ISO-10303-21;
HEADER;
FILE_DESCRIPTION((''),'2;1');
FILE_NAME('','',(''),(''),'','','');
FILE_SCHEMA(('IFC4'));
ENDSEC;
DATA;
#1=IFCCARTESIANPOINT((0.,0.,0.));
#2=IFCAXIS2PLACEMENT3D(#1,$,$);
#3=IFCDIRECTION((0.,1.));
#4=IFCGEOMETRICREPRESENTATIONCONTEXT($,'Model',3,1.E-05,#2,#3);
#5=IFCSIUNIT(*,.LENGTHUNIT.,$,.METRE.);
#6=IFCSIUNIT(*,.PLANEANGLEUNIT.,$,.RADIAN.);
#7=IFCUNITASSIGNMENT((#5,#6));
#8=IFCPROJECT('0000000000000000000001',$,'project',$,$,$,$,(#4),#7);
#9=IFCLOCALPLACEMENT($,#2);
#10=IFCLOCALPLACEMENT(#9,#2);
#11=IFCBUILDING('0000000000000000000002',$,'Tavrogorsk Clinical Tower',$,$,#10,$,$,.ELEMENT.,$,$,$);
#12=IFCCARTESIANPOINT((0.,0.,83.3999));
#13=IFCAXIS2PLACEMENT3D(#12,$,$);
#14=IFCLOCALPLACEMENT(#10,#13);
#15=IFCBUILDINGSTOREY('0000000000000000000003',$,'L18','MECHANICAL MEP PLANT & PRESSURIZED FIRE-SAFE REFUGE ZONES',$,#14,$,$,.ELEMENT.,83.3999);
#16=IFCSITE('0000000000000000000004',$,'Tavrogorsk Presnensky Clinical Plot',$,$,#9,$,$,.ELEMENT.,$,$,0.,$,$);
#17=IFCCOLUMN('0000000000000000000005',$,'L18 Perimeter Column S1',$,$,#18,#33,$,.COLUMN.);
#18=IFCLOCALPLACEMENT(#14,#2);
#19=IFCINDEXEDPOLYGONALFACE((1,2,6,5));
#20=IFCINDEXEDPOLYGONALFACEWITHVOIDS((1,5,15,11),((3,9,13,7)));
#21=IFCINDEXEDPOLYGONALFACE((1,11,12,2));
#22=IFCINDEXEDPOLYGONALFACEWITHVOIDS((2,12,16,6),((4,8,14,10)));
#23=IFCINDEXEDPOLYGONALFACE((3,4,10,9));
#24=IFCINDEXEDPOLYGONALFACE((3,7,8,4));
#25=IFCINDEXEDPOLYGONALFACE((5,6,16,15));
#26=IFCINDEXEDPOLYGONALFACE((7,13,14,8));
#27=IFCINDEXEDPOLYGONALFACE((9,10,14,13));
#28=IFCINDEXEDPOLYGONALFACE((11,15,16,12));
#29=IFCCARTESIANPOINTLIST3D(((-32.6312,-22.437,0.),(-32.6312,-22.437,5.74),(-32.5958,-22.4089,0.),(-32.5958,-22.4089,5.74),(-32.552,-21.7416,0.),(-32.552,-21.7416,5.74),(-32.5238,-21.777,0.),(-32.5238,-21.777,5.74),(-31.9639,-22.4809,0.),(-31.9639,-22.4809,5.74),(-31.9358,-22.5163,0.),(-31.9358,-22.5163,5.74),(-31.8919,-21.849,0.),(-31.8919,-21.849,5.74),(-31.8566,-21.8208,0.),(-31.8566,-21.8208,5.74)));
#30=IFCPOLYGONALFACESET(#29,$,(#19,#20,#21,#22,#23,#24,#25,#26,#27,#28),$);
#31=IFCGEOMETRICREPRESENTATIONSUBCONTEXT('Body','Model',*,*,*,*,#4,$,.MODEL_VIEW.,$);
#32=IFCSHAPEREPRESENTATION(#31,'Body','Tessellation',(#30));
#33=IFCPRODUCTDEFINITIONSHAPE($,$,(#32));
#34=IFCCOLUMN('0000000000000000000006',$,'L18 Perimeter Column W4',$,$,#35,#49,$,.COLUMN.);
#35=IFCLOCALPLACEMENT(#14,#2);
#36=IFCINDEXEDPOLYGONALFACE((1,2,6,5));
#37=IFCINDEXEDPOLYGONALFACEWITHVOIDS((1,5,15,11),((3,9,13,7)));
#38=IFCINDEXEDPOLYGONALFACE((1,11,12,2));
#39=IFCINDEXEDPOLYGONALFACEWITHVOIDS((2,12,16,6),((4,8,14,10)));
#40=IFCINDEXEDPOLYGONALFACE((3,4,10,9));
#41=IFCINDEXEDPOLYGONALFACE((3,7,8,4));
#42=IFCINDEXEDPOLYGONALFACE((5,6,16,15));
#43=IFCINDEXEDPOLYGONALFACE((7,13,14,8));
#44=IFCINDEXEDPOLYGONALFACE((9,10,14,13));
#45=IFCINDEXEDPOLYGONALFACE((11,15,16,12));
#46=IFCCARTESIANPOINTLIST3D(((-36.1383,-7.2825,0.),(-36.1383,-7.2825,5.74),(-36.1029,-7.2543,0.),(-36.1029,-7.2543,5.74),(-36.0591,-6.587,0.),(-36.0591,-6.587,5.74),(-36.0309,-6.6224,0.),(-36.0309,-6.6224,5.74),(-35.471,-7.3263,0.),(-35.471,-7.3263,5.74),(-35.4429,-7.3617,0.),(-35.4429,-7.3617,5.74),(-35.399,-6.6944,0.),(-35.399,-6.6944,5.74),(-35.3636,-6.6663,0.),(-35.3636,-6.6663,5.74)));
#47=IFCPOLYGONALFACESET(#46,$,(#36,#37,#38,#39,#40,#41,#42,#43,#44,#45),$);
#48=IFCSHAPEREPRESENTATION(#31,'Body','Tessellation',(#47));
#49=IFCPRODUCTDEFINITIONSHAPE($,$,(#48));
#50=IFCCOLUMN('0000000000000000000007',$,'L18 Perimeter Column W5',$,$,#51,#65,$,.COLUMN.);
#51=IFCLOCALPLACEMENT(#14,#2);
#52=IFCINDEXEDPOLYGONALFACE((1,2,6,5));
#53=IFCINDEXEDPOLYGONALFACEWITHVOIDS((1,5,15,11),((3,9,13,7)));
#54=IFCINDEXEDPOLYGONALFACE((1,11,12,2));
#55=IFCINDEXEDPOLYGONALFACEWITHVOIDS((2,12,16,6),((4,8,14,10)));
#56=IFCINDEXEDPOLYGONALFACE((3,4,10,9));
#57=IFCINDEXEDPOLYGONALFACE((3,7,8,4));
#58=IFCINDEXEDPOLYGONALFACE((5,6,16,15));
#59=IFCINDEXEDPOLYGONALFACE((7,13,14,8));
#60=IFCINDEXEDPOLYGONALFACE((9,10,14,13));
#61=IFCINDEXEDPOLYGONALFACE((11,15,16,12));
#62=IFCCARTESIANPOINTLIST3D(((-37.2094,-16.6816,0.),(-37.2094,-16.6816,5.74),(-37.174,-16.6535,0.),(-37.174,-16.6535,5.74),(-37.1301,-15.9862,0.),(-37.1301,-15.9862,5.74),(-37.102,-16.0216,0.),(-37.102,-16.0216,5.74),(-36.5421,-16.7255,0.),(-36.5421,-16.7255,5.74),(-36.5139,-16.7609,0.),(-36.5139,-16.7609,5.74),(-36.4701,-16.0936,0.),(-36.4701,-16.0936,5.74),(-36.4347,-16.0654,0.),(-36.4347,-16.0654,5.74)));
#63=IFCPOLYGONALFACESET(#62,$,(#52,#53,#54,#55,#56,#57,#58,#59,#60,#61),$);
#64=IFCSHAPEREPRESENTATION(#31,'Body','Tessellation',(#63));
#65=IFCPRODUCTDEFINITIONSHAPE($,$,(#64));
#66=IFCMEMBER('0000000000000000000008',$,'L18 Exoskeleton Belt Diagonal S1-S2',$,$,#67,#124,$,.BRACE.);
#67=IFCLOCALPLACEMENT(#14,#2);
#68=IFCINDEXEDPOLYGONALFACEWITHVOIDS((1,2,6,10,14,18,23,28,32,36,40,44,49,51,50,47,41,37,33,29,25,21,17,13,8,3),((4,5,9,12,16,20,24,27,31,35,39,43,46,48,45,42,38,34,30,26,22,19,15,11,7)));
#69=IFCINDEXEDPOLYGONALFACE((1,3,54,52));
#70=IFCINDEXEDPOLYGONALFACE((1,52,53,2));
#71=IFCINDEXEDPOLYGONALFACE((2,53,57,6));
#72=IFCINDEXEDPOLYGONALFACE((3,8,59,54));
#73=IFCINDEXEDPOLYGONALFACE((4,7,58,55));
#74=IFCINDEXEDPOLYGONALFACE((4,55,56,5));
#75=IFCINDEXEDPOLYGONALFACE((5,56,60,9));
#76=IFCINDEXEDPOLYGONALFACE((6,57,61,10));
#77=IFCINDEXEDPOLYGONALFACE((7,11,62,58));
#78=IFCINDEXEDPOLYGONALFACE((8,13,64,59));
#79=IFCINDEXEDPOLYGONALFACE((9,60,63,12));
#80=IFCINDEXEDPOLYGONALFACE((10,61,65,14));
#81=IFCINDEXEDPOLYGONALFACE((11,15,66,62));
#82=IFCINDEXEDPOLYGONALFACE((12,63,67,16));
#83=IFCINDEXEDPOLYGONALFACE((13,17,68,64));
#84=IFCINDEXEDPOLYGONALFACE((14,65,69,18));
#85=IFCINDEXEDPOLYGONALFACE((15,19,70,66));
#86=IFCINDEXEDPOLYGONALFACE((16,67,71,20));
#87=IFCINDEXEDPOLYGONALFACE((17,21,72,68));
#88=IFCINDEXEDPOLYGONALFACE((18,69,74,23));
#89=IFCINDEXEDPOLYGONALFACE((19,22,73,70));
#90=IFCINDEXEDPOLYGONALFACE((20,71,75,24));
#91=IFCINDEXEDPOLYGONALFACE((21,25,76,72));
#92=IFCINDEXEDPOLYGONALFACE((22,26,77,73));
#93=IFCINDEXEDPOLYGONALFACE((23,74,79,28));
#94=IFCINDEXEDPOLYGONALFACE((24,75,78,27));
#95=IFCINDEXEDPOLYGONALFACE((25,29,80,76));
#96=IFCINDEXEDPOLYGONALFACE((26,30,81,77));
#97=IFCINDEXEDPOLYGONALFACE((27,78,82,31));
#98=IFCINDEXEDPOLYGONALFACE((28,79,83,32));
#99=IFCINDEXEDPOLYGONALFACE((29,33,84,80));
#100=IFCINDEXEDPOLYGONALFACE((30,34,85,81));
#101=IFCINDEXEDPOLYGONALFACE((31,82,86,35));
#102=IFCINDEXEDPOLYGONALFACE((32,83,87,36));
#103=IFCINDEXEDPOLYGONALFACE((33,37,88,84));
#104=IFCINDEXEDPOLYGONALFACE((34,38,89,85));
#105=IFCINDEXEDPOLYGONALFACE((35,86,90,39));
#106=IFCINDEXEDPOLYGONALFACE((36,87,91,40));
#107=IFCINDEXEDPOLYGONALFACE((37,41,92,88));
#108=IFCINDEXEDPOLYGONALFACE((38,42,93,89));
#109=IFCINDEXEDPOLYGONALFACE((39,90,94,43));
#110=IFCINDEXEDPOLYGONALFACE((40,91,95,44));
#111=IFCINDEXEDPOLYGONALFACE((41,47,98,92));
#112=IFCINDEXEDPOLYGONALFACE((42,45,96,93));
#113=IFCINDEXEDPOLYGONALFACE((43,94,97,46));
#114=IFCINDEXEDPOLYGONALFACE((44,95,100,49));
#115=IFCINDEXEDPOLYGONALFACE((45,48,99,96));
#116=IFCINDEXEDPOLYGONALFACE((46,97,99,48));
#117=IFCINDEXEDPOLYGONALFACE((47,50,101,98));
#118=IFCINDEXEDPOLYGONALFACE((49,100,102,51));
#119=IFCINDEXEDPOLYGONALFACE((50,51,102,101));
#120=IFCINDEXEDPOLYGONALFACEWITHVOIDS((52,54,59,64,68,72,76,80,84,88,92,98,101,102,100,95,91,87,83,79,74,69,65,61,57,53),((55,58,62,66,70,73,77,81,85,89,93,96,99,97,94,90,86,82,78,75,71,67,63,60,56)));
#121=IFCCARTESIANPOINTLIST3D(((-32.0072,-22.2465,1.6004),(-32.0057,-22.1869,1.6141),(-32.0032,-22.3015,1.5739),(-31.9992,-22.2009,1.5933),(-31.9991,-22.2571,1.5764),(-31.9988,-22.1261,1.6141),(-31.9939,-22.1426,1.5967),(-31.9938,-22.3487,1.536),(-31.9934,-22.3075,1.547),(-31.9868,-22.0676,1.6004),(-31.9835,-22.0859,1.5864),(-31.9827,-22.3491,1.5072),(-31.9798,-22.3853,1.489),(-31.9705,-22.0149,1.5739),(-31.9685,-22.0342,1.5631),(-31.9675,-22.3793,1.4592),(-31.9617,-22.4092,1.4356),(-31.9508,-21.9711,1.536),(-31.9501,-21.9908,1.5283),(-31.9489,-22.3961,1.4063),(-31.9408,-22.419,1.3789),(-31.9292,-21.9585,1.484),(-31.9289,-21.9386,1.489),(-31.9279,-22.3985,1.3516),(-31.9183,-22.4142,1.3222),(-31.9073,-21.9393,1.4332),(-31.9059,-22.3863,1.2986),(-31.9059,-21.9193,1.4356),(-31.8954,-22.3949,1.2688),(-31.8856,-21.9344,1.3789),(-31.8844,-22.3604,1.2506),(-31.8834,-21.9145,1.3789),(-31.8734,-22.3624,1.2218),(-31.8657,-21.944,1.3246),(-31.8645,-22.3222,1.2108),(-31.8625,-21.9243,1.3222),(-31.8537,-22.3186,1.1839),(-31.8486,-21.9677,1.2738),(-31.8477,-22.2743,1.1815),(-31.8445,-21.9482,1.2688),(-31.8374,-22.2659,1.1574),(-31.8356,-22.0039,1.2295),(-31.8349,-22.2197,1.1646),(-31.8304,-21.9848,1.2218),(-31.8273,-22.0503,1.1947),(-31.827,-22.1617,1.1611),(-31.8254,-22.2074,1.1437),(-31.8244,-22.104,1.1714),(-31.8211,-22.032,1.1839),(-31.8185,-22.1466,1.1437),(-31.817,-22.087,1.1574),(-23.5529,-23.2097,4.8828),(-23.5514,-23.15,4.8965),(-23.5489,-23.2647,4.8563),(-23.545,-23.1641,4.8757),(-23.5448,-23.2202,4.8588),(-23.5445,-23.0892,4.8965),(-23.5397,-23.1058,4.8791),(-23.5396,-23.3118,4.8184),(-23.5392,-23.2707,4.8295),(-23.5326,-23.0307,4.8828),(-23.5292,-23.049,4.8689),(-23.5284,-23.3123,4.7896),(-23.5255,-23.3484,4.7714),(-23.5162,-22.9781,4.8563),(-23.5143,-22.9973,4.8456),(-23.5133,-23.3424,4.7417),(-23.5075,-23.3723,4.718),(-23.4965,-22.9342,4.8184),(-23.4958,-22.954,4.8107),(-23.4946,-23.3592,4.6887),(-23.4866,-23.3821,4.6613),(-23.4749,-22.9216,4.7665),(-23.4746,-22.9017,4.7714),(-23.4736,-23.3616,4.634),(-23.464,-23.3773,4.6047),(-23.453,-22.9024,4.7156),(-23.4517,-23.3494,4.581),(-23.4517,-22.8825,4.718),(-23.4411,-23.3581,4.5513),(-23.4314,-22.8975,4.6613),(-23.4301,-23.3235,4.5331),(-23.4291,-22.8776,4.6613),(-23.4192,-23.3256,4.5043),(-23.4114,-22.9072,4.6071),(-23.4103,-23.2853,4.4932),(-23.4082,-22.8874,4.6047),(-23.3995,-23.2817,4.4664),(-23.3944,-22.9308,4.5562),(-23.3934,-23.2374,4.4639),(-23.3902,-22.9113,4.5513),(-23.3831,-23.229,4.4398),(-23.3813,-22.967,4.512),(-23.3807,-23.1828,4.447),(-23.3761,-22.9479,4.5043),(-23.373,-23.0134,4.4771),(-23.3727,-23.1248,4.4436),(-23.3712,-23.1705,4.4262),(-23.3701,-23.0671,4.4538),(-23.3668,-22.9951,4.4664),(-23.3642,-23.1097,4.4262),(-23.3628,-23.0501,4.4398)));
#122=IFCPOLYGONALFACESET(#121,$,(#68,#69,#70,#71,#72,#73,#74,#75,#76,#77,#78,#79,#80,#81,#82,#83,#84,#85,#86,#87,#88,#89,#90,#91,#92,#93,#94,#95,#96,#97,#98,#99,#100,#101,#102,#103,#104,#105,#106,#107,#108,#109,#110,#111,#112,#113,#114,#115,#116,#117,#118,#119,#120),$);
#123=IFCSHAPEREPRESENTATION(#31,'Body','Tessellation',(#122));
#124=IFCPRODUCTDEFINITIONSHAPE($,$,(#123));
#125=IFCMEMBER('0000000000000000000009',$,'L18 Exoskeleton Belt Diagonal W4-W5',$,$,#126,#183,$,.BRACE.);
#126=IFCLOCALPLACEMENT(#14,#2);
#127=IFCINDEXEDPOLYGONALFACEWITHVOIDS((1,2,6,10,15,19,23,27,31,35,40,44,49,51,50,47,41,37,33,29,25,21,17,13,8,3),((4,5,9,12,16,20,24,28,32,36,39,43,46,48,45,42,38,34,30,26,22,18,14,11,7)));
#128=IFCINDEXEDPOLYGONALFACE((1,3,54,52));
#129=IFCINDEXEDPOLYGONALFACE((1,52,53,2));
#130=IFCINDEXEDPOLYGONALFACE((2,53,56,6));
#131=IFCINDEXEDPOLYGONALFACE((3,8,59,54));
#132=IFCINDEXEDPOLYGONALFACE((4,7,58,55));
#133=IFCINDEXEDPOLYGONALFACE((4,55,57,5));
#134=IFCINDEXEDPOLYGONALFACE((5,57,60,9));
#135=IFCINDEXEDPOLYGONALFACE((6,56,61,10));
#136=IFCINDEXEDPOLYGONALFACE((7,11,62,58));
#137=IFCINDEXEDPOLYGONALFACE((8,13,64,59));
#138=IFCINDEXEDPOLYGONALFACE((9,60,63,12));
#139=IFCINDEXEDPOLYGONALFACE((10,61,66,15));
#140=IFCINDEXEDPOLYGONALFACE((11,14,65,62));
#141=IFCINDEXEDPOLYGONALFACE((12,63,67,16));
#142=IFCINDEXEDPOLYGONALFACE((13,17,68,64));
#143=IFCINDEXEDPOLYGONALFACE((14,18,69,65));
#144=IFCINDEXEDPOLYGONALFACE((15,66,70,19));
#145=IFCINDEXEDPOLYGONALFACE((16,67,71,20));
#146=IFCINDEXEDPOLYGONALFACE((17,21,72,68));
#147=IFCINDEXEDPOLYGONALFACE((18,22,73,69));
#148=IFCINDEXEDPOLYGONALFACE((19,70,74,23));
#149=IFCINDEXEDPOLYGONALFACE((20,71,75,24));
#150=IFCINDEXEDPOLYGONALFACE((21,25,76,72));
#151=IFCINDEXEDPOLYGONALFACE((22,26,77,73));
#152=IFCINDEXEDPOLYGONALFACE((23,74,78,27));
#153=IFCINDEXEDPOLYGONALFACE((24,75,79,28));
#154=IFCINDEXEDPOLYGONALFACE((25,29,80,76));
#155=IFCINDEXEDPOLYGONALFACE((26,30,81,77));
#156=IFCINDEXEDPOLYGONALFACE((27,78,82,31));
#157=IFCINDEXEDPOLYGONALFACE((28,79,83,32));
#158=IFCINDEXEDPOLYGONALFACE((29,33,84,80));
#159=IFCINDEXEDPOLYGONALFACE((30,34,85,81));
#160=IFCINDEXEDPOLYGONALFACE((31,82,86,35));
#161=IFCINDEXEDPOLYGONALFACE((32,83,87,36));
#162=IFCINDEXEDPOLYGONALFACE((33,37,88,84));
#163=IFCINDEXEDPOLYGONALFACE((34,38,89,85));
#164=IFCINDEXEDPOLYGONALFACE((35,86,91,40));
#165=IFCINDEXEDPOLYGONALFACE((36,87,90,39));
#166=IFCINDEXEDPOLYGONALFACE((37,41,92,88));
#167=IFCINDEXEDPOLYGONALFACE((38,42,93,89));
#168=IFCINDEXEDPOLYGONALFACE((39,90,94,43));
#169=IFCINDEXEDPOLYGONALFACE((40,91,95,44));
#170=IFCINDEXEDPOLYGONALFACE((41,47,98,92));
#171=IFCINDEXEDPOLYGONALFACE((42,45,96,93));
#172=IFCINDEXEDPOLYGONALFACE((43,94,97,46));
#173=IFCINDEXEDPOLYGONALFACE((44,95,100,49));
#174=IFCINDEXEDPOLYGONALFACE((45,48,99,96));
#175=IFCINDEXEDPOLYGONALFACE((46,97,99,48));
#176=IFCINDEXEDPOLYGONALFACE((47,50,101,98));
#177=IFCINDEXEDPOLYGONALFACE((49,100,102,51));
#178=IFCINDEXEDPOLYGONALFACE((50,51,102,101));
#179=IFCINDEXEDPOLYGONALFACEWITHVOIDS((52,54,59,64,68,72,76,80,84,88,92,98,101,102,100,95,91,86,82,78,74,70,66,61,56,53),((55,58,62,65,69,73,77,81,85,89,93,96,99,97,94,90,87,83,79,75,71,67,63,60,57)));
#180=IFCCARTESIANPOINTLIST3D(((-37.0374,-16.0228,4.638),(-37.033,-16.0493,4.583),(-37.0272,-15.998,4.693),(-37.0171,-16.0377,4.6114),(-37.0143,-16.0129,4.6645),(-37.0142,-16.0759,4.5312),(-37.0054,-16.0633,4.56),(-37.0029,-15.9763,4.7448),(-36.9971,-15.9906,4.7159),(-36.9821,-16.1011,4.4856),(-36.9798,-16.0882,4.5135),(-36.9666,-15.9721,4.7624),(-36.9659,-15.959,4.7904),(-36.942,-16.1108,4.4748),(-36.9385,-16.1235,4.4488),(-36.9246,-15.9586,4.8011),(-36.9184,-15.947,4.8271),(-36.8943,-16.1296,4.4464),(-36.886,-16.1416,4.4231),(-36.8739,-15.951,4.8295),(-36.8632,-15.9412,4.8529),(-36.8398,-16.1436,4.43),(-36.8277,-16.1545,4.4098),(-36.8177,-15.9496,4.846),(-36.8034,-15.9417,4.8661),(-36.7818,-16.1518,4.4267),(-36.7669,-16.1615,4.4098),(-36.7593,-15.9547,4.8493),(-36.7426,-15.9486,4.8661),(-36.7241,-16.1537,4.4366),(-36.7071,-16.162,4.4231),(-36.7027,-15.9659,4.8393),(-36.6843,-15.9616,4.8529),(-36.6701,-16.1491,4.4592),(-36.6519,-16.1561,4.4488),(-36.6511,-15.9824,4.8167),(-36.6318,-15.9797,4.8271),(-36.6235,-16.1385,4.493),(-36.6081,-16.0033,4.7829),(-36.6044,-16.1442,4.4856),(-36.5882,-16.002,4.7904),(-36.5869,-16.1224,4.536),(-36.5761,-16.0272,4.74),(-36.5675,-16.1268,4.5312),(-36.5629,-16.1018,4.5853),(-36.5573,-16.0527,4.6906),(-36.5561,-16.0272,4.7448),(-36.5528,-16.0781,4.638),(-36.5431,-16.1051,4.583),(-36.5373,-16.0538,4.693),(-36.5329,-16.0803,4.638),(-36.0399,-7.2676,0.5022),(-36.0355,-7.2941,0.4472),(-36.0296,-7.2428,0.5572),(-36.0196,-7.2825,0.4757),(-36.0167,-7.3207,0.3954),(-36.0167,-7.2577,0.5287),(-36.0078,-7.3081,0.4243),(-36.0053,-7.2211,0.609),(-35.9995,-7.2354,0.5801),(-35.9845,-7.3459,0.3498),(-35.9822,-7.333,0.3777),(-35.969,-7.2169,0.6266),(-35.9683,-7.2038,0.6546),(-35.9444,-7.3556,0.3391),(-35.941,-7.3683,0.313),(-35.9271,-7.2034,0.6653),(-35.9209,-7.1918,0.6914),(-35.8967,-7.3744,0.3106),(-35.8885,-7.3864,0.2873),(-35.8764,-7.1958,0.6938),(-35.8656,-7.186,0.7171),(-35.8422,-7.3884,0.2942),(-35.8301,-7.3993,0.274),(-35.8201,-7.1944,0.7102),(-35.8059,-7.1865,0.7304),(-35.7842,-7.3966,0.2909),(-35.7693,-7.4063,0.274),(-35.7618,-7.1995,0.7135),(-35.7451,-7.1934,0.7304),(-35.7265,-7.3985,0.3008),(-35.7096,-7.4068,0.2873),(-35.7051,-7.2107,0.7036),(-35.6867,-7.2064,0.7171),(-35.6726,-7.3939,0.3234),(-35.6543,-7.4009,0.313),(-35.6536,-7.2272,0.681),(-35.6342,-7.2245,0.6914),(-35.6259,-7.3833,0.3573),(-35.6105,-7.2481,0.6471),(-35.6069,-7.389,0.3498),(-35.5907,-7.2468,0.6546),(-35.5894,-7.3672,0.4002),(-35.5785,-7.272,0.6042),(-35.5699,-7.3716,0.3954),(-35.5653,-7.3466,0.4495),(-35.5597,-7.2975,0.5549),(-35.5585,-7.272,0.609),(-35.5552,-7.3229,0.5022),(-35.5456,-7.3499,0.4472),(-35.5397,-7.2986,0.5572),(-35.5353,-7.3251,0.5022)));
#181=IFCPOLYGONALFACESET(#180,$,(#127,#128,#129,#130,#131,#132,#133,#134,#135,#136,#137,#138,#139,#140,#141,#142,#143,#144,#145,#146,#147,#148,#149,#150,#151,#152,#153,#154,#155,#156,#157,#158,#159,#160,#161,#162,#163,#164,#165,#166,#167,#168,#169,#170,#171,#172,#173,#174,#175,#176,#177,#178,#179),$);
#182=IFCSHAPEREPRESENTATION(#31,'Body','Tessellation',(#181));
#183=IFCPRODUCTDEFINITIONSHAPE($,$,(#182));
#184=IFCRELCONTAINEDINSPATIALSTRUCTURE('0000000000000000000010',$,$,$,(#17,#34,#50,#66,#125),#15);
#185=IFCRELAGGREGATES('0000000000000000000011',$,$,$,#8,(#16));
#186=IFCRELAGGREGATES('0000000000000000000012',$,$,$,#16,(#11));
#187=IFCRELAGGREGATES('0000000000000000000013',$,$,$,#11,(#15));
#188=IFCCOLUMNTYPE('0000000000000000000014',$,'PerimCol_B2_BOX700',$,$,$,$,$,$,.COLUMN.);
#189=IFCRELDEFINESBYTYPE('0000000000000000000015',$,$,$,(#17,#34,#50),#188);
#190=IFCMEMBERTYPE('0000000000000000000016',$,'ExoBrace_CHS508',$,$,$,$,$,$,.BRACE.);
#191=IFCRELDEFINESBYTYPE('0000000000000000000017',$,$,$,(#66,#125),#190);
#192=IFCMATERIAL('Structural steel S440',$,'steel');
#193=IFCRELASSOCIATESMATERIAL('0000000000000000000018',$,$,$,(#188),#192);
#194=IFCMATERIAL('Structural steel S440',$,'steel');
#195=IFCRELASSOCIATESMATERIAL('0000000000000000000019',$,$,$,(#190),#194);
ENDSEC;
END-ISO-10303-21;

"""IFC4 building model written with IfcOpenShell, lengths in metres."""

from ifc_helpers import new_model, si_unit, direction, frame, origin, origin_2d, place, context, subcontext, project, spatial, hollow_rectangle, hollow_circle, extrude, material, material_profile, profile_set, type_object, element, save


model = new_model("IFC4")

# Units and contexts
model_context = context("Model", 3, precision=1e-05, world=origin(), true_north=direction((0.0, 1.0)))
body_context = subcontext(model_context, "Body", "Model", "MODEL_VIEW")
ifc_project = project(units=[si_unit("LENGTHUNIT", "METRE"), si_unit("PLANEANGLEUNIT", "RADIAN")], contexts=[model_context])

# Site, building, storey
site_placement = place(None, origin())
site = spatial("IfcSite", under=ifc_project, at=site_placement, Name="Tavrogorsk Presnensky Clinical Plot", CompositionType="ELEMENT", RefElevation=0.0)
building_placement = place(site_placement, origin())
building = spatial("IfcBuilding", under=site, at=building_placement, Name="Tavrogorsk Clinical Tower", CompositionType="ELEMENT")
storey_placement = place(building_placement, frame((0.0, 0.0, 83.3999)))
storey = spatial("IfcBuildingStorey", under=building, at=storey_placement, Name="L18", Description="MECHANICAL MEP PLANT & PRESSURIZED FIRE-SAFE REFUGE ZONES", CompositionType="ELEMENT", Elevation=83.3999)

# Columns
ifc_material_1 = material(Name="Structural steel S440", Category="steel")
ifc_material_profile_1 = material_profile(ifc_material_1, hollow_rectangle(XDim=0.7, YDim=0.7, WallThickness=0.032, at=origin_2d()), Name="BOX-700x700x32")
ifc_profile_set_1 = profile_set([ifc_material_profile_1], Name="Structural steel S440")
column_type = type_object("IfcColumnType", Name="PerimCol_B2_BOX700", PredefinedType="COLUMN", material=ifc_profile_set_1)
for number, where, z_axis, x_axis, name in (
    (1, (-32.2439, -22.1289, 0.0), (0.0, 0.0, 1.0), (0.993572, -0.113203, 0.0), "L18 Perimeter Column S1"),
    (2, (-35.751, -6.9744, 0.0), (0.0, 0.0, 1.0), (0.993572, -0.113203, 0.0), "L18 Perimeter Column W4"),
    (3, (-36.822, -16.3735, 0.0), (0.0, 0.0, 1.0), (0.993572, -0.113203, 0.0), "L18 Perimeter Column W5"),
):
    element("IfcColumn", number, at=place(storey_placement, frame(where, z_axis=z_axis, x_axis=x_axis)), inside=storey, type_object=column_type, Name=name, PredefinedType="COLUMN", context=body_context, shape_type="SweptSolid", body=[
        extrude(hollow_rectangle(XDim=0.7, YDim=0.7, WallThickness=0.032, at=origin_2d()), origin(), (0.0, 0.0, 1.0), 5.74),
    ])

# Members
ifc_material_2 = material(Name="Structural steel S440", Category="steel")
ifc_material_profile_2 = material_profile(ifc_material_2, hollow_circle(Radius=0.2539, WallThickness=0.02, at=origin_2d()), Name="CHS-508x20")
ifc_profile_set_2 = profile_set([ifc_material_profile_2], Name="Structural steel S440")
member_type_1 = type_object("IfcMemberType", Name="ExoBrace_CHS508", PredefinedType="BRACE", material=ifc_profile_set_2)
member_1_placement = place(storey_placement, frame((-31.9121, -22.1667, 1.3789), z_axis=(0.92699, -0.105604, 0.359912), x_axis=(0.11319, 0.993573, 0.0)))
element("IfcMember", 4, at=member_1_placement, inside=storey, type_object=member_type_1, Name="L18 Exoskeleton Belt Diagonal S1-S2", PredefinedType="BRACE", context=body_context, shape_type="SweptSolid", body=[
    extrude(hollow_circle(Radius=0.2539, WallThickness=0.02, at=origin_2d()), origin(), (0.0, 0.0, 1.0), 9.1201),
])
member_2_placement = place(storey_placement, frame((-35.7876, -7.2964, 0.5022), z_axis=(-0.102481, -0.899433, 0.424874), x_axis=(0.993571, -0.113207, 0.0)))
element("IfcMember", 5, at=member_2_placement, inside=storey, type_object=member_type_1, Name="L18 Exoskeleton Belt Diagonal W4-W5", PredefinedType="BRACE", context=body_context, shape_type="SweptSolid", body=[
    extrude(hollow_circle(Radius=0.2539, WallThickness=0.02, at=origin_2d()), origin(), (0.0, 0.0, 1.0), 9.7341),
])

save(model, "model.ifc")
